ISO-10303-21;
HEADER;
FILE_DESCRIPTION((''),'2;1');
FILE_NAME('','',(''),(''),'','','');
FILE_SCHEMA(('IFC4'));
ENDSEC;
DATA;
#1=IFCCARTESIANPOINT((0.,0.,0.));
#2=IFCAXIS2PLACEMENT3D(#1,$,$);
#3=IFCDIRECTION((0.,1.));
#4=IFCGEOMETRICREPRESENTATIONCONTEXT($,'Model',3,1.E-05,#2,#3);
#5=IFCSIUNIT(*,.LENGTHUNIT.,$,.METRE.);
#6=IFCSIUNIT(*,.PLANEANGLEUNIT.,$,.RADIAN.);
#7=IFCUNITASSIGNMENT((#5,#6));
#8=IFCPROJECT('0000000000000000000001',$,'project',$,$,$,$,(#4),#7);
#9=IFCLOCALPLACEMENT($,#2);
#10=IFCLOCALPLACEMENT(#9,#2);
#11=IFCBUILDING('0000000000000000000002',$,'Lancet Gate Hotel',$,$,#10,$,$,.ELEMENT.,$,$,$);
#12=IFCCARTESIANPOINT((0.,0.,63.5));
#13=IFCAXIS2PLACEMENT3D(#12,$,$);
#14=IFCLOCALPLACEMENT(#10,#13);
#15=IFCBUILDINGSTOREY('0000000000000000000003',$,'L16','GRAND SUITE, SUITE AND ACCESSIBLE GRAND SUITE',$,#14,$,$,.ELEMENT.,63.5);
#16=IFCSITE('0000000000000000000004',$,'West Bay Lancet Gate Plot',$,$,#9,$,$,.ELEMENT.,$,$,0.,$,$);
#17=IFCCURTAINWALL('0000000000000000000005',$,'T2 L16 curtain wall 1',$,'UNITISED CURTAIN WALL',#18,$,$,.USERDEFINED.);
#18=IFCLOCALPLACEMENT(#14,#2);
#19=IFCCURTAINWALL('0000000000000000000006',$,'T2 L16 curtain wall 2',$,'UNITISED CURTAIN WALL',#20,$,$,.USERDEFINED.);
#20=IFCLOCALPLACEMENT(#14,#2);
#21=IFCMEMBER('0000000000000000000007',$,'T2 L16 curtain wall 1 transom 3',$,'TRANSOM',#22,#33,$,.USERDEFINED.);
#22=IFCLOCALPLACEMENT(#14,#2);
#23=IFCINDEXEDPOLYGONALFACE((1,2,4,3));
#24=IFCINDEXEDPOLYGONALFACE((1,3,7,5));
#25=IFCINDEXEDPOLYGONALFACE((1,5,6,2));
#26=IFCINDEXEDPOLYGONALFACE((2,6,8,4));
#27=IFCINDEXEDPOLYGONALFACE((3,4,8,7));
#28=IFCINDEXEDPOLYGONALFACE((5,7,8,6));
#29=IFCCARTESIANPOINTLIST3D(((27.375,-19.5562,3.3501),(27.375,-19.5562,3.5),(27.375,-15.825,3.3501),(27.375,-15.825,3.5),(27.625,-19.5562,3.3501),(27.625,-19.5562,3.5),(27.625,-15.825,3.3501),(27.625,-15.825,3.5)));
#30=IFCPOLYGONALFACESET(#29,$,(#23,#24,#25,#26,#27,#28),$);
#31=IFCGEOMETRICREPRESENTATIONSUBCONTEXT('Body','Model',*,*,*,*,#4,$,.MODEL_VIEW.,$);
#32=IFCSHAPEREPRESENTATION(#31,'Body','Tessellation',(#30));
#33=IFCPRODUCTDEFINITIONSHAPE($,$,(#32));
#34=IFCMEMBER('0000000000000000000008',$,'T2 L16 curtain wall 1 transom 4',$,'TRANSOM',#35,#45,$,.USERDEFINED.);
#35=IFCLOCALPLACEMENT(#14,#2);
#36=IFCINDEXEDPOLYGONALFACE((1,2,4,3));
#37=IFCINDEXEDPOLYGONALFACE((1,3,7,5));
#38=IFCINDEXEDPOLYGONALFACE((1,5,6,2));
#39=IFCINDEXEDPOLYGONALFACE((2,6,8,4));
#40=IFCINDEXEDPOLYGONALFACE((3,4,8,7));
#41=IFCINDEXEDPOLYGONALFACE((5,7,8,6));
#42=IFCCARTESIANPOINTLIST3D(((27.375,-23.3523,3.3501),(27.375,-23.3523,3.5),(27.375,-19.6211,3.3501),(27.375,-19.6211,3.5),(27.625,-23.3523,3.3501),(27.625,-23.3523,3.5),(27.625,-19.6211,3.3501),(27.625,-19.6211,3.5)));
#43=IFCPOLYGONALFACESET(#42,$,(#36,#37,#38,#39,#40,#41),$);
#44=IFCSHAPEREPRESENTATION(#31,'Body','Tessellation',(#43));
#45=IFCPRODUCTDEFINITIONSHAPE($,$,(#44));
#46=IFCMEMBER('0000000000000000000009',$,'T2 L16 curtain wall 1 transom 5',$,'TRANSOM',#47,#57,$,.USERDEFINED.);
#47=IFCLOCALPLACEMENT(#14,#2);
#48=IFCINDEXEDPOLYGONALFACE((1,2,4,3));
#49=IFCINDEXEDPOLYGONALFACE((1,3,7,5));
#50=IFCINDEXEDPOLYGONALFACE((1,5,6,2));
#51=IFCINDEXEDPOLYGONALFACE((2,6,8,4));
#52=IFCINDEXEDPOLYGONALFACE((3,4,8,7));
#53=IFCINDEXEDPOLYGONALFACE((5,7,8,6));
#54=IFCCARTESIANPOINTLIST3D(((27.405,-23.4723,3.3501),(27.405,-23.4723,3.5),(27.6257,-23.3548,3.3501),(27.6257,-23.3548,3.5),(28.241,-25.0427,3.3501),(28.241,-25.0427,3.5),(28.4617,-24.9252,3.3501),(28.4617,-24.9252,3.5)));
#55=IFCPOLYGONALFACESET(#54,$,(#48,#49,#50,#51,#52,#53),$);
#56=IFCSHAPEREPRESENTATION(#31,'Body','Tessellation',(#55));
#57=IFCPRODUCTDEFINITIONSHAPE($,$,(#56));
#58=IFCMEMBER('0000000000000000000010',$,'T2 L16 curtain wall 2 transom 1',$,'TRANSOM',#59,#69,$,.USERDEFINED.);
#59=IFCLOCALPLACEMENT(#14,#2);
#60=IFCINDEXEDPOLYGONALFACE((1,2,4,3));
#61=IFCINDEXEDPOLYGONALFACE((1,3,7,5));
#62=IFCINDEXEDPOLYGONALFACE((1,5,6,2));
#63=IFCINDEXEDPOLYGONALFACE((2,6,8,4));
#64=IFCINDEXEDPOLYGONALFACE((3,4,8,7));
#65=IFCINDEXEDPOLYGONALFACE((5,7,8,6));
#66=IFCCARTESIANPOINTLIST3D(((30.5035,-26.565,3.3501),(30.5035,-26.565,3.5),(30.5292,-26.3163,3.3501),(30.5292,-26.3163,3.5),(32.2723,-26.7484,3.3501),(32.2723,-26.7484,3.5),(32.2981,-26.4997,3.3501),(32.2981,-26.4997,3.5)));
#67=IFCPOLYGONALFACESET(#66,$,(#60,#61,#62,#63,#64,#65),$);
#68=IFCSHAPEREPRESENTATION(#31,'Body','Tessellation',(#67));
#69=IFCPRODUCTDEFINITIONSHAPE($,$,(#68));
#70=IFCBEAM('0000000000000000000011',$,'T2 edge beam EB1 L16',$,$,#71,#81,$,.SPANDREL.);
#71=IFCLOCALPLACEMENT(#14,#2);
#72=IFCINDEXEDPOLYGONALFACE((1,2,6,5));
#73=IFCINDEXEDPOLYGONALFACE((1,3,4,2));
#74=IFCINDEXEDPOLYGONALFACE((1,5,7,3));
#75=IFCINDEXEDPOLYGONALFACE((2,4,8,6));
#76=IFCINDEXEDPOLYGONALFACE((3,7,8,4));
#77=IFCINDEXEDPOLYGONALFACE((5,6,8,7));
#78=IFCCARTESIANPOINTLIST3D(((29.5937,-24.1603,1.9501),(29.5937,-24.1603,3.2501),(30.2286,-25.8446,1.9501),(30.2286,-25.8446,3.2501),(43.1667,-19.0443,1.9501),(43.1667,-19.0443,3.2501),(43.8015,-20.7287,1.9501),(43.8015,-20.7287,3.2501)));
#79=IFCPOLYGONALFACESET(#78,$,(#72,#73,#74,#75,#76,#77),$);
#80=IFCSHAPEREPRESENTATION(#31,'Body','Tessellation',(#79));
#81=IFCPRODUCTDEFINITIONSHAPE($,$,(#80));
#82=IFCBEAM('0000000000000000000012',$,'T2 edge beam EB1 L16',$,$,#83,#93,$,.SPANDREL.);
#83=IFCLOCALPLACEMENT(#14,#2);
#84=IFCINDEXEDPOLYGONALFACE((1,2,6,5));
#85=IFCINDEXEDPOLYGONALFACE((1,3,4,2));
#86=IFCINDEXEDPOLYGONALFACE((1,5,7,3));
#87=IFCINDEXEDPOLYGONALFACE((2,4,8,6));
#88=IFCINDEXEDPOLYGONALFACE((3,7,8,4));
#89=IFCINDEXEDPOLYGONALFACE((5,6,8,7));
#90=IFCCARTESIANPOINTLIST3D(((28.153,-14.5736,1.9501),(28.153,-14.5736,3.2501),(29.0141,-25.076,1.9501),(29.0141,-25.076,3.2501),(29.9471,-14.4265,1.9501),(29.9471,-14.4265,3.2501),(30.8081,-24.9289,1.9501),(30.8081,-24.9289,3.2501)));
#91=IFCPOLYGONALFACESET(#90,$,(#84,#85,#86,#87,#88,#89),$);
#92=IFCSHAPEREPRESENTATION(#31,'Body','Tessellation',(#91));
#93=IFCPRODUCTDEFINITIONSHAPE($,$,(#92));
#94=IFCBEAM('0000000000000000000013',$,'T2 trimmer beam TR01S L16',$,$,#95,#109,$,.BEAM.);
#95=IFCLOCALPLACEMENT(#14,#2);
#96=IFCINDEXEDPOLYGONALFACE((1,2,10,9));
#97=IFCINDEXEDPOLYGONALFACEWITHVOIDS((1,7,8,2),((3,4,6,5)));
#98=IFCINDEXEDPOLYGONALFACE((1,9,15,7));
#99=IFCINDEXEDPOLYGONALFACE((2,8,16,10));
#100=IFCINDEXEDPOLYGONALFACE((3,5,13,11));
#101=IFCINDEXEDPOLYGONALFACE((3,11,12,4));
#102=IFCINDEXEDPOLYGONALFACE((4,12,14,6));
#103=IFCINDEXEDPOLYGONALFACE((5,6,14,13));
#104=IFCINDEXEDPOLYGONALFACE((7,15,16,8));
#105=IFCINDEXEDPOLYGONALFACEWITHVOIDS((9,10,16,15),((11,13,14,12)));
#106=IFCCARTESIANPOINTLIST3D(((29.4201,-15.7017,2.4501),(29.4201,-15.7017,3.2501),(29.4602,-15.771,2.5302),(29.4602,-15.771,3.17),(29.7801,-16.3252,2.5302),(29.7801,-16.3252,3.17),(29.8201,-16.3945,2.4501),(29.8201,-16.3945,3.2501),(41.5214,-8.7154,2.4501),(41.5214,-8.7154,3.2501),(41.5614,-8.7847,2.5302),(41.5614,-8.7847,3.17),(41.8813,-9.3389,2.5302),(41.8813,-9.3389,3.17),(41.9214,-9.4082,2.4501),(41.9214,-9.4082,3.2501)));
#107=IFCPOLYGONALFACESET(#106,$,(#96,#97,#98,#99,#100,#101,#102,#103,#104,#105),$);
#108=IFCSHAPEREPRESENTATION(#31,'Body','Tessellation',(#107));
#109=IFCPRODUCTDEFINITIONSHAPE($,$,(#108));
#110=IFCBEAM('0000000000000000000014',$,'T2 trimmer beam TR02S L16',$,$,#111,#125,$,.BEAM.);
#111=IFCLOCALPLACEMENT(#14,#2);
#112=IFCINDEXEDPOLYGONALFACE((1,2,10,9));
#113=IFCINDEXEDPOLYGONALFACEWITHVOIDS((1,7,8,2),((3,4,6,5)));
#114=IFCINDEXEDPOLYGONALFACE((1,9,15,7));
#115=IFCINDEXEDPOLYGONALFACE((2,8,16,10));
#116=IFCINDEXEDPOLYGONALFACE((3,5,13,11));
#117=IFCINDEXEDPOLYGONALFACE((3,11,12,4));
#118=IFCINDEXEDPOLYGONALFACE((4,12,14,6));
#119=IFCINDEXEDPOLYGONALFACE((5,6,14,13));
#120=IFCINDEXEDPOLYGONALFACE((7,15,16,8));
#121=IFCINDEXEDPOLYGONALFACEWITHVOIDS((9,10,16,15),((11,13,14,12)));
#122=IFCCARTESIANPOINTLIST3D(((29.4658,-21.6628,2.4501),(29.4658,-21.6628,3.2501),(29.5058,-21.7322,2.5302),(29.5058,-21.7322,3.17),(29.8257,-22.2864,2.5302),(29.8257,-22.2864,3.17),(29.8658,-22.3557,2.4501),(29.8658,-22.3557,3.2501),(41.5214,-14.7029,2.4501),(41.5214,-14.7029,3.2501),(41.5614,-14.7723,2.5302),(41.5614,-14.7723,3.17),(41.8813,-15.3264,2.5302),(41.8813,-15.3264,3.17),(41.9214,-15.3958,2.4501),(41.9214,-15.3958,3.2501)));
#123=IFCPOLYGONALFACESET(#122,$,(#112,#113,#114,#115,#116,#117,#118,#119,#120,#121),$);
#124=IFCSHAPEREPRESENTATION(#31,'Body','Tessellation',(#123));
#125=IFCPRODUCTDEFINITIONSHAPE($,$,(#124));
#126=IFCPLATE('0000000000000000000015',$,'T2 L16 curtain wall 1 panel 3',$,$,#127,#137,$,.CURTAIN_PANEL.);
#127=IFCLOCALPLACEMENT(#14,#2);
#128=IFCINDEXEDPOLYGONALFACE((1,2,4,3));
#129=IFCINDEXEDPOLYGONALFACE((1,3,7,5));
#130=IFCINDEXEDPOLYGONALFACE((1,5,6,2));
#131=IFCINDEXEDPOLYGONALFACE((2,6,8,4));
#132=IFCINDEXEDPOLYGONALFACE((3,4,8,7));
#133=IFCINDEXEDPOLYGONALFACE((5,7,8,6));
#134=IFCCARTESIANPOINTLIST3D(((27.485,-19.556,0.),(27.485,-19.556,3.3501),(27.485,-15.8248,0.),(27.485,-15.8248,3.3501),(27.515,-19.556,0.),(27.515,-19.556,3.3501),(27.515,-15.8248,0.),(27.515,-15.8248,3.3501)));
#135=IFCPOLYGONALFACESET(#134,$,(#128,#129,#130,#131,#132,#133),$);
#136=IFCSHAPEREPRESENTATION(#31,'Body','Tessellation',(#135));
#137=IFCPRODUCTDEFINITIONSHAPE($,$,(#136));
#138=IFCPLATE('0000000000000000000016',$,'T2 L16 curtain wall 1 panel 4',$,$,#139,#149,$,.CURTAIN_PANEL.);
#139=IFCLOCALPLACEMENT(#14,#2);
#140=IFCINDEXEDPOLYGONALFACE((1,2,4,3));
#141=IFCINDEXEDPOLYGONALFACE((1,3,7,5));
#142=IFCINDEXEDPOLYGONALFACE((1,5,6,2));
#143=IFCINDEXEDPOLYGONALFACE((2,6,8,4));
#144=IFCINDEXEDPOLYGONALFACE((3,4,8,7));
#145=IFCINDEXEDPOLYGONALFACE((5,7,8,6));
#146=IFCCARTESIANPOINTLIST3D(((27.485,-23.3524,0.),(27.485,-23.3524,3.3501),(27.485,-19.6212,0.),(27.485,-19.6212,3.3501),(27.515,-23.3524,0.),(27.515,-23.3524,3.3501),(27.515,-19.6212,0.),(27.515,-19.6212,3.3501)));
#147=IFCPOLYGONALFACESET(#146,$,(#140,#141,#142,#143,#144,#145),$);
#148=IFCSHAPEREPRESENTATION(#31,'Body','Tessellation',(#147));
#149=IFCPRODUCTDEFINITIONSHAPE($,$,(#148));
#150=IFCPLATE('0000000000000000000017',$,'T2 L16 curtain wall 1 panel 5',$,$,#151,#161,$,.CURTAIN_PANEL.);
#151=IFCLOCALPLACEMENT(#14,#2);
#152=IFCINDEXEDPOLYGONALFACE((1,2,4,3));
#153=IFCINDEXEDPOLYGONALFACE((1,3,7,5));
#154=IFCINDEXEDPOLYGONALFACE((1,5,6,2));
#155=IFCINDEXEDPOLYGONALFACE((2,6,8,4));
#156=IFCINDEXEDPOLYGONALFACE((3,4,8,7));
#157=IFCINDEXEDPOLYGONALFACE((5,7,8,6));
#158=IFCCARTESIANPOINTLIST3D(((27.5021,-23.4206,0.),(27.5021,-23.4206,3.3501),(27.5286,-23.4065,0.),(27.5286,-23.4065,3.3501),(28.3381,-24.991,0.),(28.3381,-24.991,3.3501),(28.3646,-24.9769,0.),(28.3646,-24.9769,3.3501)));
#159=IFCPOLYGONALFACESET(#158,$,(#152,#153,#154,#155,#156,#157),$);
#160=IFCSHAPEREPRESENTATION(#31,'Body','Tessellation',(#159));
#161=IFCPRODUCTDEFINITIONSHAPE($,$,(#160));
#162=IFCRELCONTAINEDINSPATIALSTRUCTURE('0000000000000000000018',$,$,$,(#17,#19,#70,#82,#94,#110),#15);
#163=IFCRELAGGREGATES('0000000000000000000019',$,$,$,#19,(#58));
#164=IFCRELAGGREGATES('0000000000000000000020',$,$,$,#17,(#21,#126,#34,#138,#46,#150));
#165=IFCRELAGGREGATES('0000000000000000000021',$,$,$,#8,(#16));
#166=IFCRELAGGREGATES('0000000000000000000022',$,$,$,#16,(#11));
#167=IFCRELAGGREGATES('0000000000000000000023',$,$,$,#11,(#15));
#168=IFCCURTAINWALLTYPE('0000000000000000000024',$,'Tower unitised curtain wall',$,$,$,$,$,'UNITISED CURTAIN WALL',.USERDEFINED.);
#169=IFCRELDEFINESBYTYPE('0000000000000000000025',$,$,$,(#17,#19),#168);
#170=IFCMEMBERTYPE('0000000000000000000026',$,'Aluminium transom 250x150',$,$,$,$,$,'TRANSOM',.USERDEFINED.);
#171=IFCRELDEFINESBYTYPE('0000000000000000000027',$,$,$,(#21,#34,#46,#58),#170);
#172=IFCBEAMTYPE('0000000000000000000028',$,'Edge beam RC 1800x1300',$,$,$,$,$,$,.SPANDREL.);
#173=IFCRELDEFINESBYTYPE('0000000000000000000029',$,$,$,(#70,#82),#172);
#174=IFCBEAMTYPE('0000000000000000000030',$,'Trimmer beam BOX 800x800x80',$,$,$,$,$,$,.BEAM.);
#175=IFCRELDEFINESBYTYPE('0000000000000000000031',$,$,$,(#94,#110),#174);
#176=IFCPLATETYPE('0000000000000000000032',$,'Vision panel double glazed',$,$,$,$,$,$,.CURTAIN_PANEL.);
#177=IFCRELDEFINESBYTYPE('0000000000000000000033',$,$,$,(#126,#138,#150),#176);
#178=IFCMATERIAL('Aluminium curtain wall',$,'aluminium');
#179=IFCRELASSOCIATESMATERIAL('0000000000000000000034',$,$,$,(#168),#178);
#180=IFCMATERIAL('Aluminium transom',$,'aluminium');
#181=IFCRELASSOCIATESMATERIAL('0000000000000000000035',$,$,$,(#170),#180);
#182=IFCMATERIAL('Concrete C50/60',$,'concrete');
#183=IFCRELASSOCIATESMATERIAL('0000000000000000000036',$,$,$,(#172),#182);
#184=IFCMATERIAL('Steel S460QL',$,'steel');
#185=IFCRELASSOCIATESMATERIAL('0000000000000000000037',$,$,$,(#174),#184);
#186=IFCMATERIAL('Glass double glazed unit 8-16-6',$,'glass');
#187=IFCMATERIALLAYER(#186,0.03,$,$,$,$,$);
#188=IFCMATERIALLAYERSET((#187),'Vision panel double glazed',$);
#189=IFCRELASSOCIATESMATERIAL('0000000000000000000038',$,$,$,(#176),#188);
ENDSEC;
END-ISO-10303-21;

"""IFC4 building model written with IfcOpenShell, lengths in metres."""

from ifc_helpers import new_model, si_unit, direction, frame, origin, origin_2d, place, context, subcontext, project, spatial, rectangle, hollow_rectangle, extrude, material, layer, layer_set, material_profile, profile_set, type_object, element, aggregate, save


model = new_model("IFC4")

# Units and contexts
model_context = context("Model", 3, precision=1e-05, world=origin(), true_north=direction((0.0, 1.0)))
body_context = subcontext(model_context, "Body", "Model", "MODEL_VIEW")
ifc_project = project(units=[si_unit("LENGTHUNIT", "METRE"), si_unit("PLANEANGLEUNIT", "RADIAN")], contexts=[model_context])

# Site, building, storey
site_placement = place(None, origin())
site = spatial("IfcSite", under=ifc_project, at=site_placement, Name="West Bay Lancet Gate Plot", CompositionType="ELEMENT", RefElevation=0.0)
building_placement = place(site_placement, origin())
building = spatial("IfcBuilding", under=site, at=building_placement, Name="Lancet Gate Hotel", CompositionType="ELEMENT")
storey_placement = place(building_placement, frame((0.0, 0.0, 63.5)))
storey = spatial("IfcBuildingStorey", under=building, at=storey_placement, Name="L16", Description="GRAND SUITE, SUITE AND ACCESSIBLE GRAND SUITE", CompositionType="ELEMENT", Elevation=63.5)

# Curtain wall
ifc_material_1 = material(Name="Aluminium curtain wall", Category="aluminium")
curtain_wall_type = type_object("IfcCurtainWallType", Name="Tower unitised curtain wall", ElementType="UNITISED CURTAIN WALL", PredefinedType="USERDEFINED", material=ifc_material_1)
curtain_wall_1_placement = place(storey_placement, origin())
curtain_wall_1 = element("IfcCurtainWall", 1, at=curtain_wall_1_placement, inside=storey, type_object=curtain_wall_type, Name="T2 L16 curtain wall 1", ObjectType="UNITISED CURTAIN WALL", PredefinedType="USERDEFINED")

# Curtain wall
curtain_wall_2_placement = place(storey_placement, origin())
curtain_wall_2 = element("IfcCurtainWall", 2, at=curtain_wall_2_placement, inside=storey, type_object=curtain_wall_type, Name="T2 L16 curtain wall 2", ObjectType="UNITISED CURTAIN WALL", PredefinedType="USERDEFINED")

# Members
ifc_material_2 = material(Name="Aluminium transom", Category="aluminium")
ifc_material_profile_1 = material_profile(ifc_material_2, rectangle(XDim=0.25, YDim=0.1499, at=origin_2d()), Name="TRANSOM 250x150")
ifc_profile_set_1 = profile_set([ifc_material_profile_1], Name="Aluminium transom")
member_type_1 = type_object("IfcMemberType", Name="Aluminium transom 250x150", ElementType="TRANSOM", PredefinedType="USERDEFINED", material=ifc_profile_set_1)
member_1_placement = place(storey_placement, frame((27.5, -15.825, 3.425), z_axis=(0.0, -1.0, 0.0), x_axis=(1.0, 0.0, 0.0)))
member_1 = element("IfcMember", 3, at=member_1_placement, type_object=member_type_1, Name="T2 L16 curtain wall 1 transom 3", ObjectType="TRANSOM", PredefinedType="USERDEFINED", context=body_context, shape_type="SweptSolid", body=[
    extrude(rectangle(XDim=0.25, YDim=0.1499, at=origin_2d()), origin(), (0.0, 0.0, 1.0), 3.7312),
])
member_2_placement = place(storey_placement, frame((27.5, -19.6211, 3.425), z_axis=(0.0, -1.0, 0.0), x_axis=(1.0, 0.0, 0.0)))
member_2 = element("IfcMember", 4, at=member_2_placement, type_object=member_type_1, Name="T2 L16 curtain wall 1 transom 4", ObjectType="TRANSOM", PredefinedType="USERDEFINED", context=body_context, shape_type="SweptSolid", body=[
    extrude(rectangle(XDim=0.25, YDim=0.1499, at=origin_2d()), origin(), (0.0, 0.0, 1.0), 3.7312),
])
member_3_placement = place(storey_placement, frame((27.5154, -23.4136, 3.425), z_axis=(0.469904, -0.882717, 0.0), x_axis=(0.882717, 0.469904, 0.0)))
member_3 = element("IfcMember", 5, at=member_3_placement, type_object=member_type_1, Name="T2 L16 curtain wall 1 transom 5", ObjectType="TRANSOM", PredefinedType="USERDEFINED", context=body_context, shape_type="SweptSolid", body=[
    extrude(rectangle(XDim=0.25, YDim=0.1499, at=origin_2d()), origin(), (0.0, 0.0, 1.0), 1.7791),
])
member_4_placement = place(storey_placement, frame((30.5164, -26.4407, 3.425), z_axis=(0.99467, -0.103105, 0.0), x_axis=(0.103105, 0.99467, 0.0)))
member_4 = element("IfcMember", 6, at=member_4_placement, type_object=member_type_1, Name="T2 L16 curtain wall 2 transom 1", ObjectType="TRANSOM", PredefinedType="USERDEFINED", context=body_context, shape_type="SweptSolid", body=[
    extrude(rectangle(XDim=0.25, YDim=0.1499, at=origin_2d()), origin(), (0.0, 0.0, 1.0), 1.7783),
])
aggregate(curtain_wall_2, [member_4])

# Beams
ifc_material_3 = material(Name="Concrete C50/60", Category="concrete")
ifc_material_profile_2 = material_profile(ifc_material_3, rectangle(XDim=1.8, YDim=1.3, at=origin_2d()), Name="RC 1800x1300")
ifc_profile_set_2 = profile_set([ifc_material_profile_2], Name="Concrete C50/60")
beam_type_1 = type_object("IfcBeamType", Name="Edge beam RC 1800x1300", PredefinedType="SPANDREL", material=ifc_profile_set_2)
beam_1_placement = place(storey_placement, frame((29.9111, -25.0024, 2.6001), z_axis=(0.935736, 0.3527, 0.0), x_axis=(-0.3527, 0.935736, 0.0)))
element("IfcBeam", 7, at=beam_1_placement, inside=storey, type_object=beam_type_1, Name="T2 edge beam EB1 L16", PredefinedType="SPANDREL", context=body_context, shape_type="SweptSolid", body=[
    extrude(rectangle(XDim=1.8, YDim=1.3, at=origin_2d()), origin(), (0.0, 0.0, 1.0), 14.5051),
])
beam_2_placement = place(storey_placement, frame((29.9111, -25.0024, 2.6001), z_axis=(-0.081715, 0.996656, 0.0), x_axis=(-0.996656, -0.081715, 0.0)))
element("IfcBeam", 8, at=beam_2_placement, inside=storey, type_object=beam_type_1, Name="T2 edge beam EB1 L16", PredefinedType="SPANDREL", context=body_context, shape_type="SweptSolid", body=[
    extrude(rectangle(XDim=1.8, YDim=1.3, at=origin_2d()), origin(), (0.0, 0.0, 1.0), 10.5376),
])
ifc_material_4 = material(Name="Steel S460QL", Category="steel")
ifc_material_profile_3 = material_profile(ifc_material_4, hollow_rectangle(XDim=0.8, YDim=0.8, WallThickness=0.0801, at=origin_2d()), Name="BOX 800x800x80")
ifc_profile_set_3 = profile_set([ifc_material_profile_3], Name="Steel S460QL")
beam_type_2 = type_object("IfcBeamType", Name="Trimmer beam BOX 800x800x80", PredefinedType="BEAM", material=ifc_profile_set_3)
beam_3_placement = place(storey_placement, frame((29.6201, -16.0481, 2.8501), z_axis=(0.866037, 0.49998, 0.0), x_axis=(-0.49998, 0.866037, 0.0)))
element("IfcBeam", 9, at=beam_3_placement, inside=storey, type_object=beam_type_2, Name="T2 trimmer beam TR01S L16", PredefinedType="BEAM", context=body_context, shape_type="SweptSolid", body=[
    extrude(hollow_rectangle(XDim=0.8, YDim=0.8, WallThickness=0.0801, at=origin_2d()), origin(), (0.0, 0.0, 1.0), 13.9731),
])
beam_4_placement = place(storey_placement, frame((29.6658, -22.0093, 2.8501), z_axis=(0.866037, 0.49998, 0.0), x_axis=(-0.49998, 0.866037, 0.0)))
element("IfcBeam", 10, at=beam_4_placement, inside=storey, type_object=beam_type_2, Name="T2 trimmer beam TR02S L16", PredefinedType="BEAM", context=body_context, shape_type="SweptSolid", body=[
    extrude(hollow_rectangle(XDim=0.8, YDim=0.8, WallThickness=0.0801, at=origin_2d()), origin(), (0.0, 0.0, 1.0), 13.9204),
])

# Plates
ifc_material_5 = material(Name="Glass double glazed unit 8-16-6", Category="glass")
ifc_layer = layer(ifc_material_5, 0.03)
ifc_layer_set = layer_set([ifc_layer], Name="Vision panel double glazed")
plate_type = type_object("IfcPlateType", Name="Vision panel double glazed", PredefinedType="CURTAIN_PANEL", material=ifc_layer_set)
plate_1_placement = place(storey_placement, frame((27.5, -17.6904, 0.0), z_axis=(0.0, 0.0, 1.0), x_axis=(0.0, -1.0, 0.0)))
plate_1 = element("IfcPlate", 11, at=plate_1_placement, type_object=plate_type, Name="T2 L16 curtain wall 1 panel 3", PredefinedType="CURTAIN_PANEL", context=body_context, shape_type="SweptSolid", body=[
    extrude(rectangle(XDim=3.7312, YDim=0.03, at=origin_2d()), origin(), (0.0, 0.0, 1.0), 3.3501),
])
plate_2_placement = place(storey_placement, frame((27.5, -21.4868, 0.0), z_axis=(0.0, 0.0, 1.0), x_axis=(0.0, -1.0, 0.0)))
plate_2 = element("IfcPlate", 12, at=plate_2_placement, type_object=plate_type, Name="T2 L16 curtain wall 1 panel 4", PredefinedType="CURTAIN_PANEL", context=body_context, shape_type="SweptSolid", body=[
    extrude(rectangle(XDim=3.7312, YDim=0.03, at=origin_2d()), origin(), (0.0, 0.0, 1.0), 3.3501),
])
plate_3_placement = place(storey_placement, frame((27.9333, -24.1987, 0.0), z_axis=(0.0, 0.0, 1.0), x_axis=(0.469898, -0.882721, 0.0)))
plate_3 = element("IfcPlate", 13, at=plate_3_placement, type_object=plate_type, Name="T2 L16 curtain wall 1 panel 5", PredefinedType="CURTAIN_PANEL", context=body_context, shape_type="SweptSolid", body=[
    extrude(rectangle(XDim=1.7791, YDim=0.03, at=origin_2d()), origin(), (0.0, 0.0, 1.0), 3.3501),
])
aggregate(curtain_wall_1, [member_1, plate_1, member_2, plate_2, member_3, plate_3])

save(model, "model.ifc")
